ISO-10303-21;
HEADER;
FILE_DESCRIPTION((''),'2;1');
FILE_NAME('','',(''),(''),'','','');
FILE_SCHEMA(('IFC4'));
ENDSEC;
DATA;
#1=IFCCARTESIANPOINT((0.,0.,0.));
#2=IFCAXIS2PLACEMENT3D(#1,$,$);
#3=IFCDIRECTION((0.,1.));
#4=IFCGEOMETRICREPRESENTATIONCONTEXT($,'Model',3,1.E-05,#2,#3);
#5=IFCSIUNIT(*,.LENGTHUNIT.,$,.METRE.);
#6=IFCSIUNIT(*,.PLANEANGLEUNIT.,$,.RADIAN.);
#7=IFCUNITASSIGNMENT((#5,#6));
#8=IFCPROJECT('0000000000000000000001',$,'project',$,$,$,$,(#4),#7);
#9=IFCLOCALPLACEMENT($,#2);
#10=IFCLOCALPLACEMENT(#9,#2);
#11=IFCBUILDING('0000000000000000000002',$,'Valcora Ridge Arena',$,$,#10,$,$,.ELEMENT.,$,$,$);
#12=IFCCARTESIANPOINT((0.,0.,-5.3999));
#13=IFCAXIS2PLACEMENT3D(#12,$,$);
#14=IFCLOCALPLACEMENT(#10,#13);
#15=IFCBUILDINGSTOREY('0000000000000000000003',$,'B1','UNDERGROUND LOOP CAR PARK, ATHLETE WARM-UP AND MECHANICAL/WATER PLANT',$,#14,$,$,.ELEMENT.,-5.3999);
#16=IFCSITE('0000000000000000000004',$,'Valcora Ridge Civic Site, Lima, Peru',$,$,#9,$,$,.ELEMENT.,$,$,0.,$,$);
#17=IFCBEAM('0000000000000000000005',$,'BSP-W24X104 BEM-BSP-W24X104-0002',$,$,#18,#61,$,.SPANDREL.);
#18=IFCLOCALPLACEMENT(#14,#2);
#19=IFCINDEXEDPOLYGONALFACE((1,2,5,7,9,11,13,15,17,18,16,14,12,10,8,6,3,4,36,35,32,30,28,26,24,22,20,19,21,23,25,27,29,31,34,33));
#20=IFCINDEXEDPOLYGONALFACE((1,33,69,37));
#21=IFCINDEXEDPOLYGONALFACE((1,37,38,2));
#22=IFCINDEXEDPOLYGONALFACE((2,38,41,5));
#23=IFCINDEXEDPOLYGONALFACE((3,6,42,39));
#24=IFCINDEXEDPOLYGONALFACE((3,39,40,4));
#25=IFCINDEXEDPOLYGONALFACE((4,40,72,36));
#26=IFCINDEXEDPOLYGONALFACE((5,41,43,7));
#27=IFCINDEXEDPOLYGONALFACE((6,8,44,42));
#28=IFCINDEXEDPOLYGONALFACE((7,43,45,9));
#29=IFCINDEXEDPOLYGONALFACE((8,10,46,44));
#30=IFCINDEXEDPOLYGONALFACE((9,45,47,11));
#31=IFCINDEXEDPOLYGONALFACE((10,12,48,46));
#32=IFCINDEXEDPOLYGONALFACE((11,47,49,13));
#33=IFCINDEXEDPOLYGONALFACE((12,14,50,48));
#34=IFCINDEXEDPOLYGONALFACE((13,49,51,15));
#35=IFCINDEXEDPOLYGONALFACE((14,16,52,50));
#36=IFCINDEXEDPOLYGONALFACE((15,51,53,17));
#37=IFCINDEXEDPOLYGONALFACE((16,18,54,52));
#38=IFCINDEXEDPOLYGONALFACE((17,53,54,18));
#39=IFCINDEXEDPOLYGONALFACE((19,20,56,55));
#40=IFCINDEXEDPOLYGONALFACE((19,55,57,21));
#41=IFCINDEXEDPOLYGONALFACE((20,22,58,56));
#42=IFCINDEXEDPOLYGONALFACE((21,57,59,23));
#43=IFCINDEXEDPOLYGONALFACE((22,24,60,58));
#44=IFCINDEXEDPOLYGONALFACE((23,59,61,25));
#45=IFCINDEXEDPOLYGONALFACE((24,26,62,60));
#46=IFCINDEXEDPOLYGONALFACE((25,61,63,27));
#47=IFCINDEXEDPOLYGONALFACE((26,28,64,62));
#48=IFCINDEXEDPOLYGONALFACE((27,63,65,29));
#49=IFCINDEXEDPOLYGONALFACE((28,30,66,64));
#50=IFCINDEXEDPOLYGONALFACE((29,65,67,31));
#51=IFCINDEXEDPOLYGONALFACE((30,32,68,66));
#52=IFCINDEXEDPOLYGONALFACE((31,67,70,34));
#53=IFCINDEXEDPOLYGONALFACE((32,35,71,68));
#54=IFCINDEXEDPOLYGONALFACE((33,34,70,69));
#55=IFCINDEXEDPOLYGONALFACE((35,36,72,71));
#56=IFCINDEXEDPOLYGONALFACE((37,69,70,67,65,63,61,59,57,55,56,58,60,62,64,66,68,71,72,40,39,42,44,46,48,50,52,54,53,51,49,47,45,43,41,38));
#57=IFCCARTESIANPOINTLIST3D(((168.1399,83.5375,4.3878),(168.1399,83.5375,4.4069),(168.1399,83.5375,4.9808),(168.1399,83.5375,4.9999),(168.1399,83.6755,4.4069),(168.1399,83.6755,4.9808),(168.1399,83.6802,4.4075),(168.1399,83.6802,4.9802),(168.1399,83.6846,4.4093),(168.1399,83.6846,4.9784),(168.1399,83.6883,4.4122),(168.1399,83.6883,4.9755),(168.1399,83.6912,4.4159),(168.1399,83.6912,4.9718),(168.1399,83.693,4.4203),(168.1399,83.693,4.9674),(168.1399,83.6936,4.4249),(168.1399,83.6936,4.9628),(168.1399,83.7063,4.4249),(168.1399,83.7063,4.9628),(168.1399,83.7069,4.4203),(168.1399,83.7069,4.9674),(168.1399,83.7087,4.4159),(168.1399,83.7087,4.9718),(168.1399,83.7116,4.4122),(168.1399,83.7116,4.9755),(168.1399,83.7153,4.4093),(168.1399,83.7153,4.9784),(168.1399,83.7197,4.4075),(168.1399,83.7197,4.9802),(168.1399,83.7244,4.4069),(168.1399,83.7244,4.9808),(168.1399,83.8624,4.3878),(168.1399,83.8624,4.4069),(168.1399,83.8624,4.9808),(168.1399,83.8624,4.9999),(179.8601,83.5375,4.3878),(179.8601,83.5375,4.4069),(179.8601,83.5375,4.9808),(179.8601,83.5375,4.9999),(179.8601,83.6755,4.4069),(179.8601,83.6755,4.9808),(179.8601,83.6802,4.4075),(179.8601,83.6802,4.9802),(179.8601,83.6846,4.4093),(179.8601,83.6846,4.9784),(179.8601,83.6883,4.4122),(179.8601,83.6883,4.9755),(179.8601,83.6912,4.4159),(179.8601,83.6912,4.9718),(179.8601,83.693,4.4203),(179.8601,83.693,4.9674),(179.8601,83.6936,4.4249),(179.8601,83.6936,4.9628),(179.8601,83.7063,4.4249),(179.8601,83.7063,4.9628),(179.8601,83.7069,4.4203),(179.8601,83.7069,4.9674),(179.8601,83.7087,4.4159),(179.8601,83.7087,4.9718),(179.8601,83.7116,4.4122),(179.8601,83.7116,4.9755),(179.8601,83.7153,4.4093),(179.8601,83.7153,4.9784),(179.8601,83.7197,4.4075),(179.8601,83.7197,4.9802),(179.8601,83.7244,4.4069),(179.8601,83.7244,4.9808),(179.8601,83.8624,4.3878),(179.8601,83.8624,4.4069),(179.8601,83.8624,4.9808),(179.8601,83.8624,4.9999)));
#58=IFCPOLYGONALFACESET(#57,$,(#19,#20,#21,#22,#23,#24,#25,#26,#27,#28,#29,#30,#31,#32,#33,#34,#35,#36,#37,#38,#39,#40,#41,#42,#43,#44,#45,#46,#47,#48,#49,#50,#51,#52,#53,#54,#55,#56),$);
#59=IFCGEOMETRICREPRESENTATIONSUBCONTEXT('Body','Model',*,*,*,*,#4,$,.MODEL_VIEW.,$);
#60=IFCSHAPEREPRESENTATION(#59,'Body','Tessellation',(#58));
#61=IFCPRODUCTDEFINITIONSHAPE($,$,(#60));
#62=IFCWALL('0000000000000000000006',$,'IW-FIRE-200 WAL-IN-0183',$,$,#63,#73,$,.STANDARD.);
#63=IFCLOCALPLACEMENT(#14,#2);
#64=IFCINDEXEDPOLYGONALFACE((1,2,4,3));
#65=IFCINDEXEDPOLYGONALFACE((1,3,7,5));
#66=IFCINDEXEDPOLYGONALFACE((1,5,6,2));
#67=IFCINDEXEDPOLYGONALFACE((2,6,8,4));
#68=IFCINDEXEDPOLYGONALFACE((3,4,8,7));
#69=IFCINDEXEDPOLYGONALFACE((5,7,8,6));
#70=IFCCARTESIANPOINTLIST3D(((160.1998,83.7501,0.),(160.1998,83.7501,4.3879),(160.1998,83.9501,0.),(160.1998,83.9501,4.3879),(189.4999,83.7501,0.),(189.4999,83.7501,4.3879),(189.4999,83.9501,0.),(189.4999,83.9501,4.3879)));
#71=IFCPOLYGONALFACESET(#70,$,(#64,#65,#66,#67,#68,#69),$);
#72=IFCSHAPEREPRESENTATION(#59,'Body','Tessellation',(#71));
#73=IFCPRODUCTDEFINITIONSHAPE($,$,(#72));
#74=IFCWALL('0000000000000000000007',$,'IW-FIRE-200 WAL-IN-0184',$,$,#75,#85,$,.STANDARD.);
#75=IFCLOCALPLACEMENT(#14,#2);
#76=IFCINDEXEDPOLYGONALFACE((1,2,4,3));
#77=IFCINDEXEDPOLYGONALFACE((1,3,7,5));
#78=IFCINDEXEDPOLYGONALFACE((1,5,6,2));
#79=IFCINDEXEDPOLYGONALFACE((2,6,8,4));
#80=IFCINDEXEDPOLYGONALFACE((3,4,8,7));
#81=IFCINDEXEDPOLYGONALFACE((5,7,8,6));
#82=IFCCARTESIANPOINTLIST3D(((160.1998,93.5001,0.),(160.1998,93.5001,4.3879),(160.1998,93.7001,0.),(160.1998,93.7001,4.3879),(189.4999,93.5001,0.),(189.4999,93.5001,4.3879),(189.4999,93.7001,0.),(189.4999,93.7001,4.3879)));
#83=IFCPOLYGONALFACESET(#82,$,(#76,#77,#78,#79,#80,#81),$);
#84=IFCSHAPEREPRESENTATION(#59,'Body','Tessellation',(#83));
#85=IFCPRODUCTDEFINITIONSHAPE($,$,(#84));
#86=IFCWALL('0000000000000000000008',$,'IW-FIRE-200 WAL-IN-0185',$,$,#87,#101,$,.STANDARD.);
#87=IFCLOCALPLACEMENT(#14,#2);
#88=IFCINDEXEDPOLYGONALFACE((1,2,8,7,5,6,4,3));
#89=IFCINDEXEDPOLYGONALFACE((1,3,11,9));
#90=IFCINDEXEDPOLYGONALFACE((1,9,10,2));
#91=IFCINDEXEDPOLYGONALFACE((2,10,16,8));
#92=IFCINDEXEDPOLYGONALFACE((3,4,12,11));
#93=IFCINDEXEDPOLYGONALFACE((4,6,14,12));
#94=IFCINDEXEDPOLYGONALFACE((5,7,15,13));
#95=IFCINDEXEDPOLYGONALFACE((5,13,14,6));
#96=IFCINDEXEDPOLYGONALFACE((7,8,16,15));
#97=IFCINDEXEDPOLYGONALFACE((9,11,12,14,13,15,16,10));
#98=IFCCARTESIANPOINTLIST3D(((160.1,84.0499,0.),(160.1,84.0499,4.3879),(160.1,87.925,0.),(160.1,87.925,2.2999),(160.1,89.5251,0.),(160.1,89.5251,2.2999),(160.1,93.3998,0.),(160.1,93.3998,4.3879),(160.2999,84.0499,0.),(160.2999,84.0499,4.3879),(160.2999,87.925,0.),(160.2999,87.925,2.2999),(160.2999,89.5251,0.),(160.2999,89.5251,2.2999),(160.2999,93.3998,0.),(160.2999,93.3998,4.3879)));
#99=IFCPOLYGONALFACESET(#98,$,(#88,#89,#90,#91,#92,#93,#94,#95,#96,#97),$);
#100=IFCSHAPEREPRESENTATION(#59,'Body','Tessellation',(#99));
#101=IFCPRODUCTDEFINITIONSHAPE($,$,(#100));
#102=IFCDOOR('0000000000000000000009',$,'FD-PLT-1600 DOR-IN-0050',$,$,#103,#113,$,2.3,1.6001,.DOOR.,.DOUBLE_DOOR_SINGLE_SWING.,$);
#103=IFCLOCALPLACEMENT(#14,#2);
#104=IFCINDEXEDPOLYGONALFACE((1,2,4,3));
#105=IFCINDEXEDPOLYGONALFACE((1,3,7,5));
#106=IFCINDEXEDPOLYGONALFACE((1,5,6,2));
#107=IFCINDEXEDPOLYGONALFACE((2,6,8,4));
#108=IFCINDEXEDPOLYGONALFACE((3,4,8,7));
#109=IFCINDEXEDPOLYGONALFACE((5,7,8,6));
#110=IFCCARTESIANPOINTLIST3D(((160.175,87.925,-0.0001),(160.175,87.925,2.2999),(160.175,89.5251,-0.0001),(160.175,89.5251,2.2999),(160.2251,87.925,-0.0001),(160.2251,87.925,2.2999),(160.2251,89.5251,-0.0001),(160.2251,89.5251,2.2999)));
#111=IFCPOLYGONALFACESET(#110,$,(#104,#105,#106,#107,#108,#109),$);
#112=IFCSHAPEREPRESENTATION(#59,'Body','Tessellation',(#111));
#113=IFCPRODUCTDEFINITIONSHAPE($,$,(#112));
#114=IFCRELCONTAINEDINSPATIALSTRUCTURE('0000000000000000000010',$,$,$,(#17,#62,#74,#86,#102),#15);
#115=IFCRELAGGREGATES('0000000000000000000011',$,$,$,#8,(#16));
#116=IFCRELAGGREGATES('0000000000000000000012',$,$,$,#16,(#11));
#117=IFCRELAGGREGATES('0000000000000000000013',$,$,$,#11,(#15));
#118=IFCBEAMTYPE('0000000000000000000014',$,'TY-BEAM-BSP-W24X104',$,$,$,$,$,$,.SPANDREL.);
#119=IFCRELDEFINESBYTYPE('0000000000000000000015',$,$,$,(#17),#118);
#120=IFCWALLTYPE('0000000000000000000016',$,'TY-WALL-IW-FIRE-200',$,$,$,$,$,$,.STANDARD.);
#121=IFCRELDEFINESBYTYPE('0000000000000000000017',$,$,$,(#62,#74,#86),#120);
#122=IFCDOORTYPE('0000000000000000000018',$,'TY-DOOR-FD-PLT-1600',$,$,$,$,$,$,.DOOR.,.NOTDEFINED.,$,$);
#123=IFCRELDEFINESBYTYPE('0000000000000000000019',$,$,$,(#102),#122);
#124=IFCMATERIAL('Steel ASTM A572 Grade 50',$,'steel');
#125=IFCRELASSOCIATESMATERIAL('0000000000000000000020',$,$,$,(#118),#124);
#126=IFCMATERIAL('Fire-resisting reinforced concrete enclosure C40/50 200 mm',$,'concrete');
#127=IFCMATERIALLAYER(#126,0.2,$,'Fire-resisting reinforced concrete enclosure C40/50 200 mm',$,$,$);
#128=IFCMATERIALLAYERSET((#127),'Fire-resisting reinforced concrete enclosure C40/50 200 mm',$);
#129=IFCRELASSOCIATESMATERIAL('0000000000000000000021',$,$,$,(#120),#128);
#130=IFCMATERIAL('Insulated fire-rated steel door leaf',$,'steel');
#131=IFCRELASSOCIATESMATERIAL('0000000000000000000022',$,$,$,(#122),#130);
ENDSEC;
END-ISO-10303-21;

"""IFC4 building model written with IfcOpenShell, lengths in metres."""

from ifc_helpers import new_model, si_unit, direction, frame, frame_2d, origin, origin_2d, place, context, subcontext, project, spatial, rectangle, i_section, extrude, material, layer, layer_set, material_profile, profile_set, type_object, element, fill, save


model = new_model("IFC4")

# Units and contexts
model_context = context("Model", 3, precision=1e-05, world=origin(), true_north=direction((0.0, 1.0)))
body_context = subcontext(model_context, "Body", "Model", "MODEL_VIEW")
ifc_project = project(units=[si_unit("LENGTHUNIT", "METRE"), si_unit("PLANEANGLEUNIT", "RADIAN")], contexts=[model_context])

# Site, building, storey
site_placement = place(None, origin())
site = spatial("IfcSite", under=ifc_project, at=site_placement, Name="Valcora Ridge Civic Site, Lima, Peru", CompositionType="ELEMENT", RefElevation=0.0)
building_placement = place(site_placement, origin())
building = spatial("IfcBuilding", under=site, at=building_placement, Name="Valcora Ridge Arena", CompositionType="ELEMENT")
storey_placement = place(building_placement, frame((0.0, 0.0, -5.3999)))
storey = spatial("IfcBuildingStorey", under=building, at=storey_placement, Name="B1", Description="UNDERGROUND LOOP CAR PARK, ATHLETE WARM-UP AND MECHANICAL/WATER PLANT", CompositionType="ELEMENT", Elevation=-5.3999)

# Beam
ifc_material_1 = material(Name="Steel ASTM A572 Grade 50", Category="steel")
ifc_material_profile_1 = material_profile(ifc_material_1, i_section(OverallWidth=0.325, OverallDepth=0.6121, WebThickness=0.0127, FlangeThickness=0.019, FilletRadius=0.0181, at=origin_2d()), Name="W24X104")
ifc_profile_set_1 = profile_set([ifc_material_profile_1], Name="Steel ASTM A572 Grade 50")
beam_type_1 = type_object("IfcBeamType", Name="TY-BEAM-BSP-W24X104", PredefinedType="SPANDREL", material=ifc_profile_set_1)
beam_1_placement = place(storey_placement, frame((168.1399, 83.7, 4.6938), z_axis=(1.0, 0.0, 0.0), x_axis=(0.0, 1.0, 0.0)))
element("IfcBeam", 1, at=beam_1_placement, inside=storey, type_object=beam_type_1, Name="BSP-W24X104 BEM-BSP-W24X104-0002", PredefinedType="SPANDREL", context=body_context, shape_type="SweptSolid", body=[
    extrude(i_section(OverallWidth=0.325, OverallDepth=0.6121, WebThickness=0.0127, FlangeThickness=0.019, FilletRadius=0.0181, at=origin_2d()), origin(), (0.0, 0.0, 1.0), 11.7202),
])

# Walls
ifc_material_2 = material(Name="Fire-resisting reinforced concrete enclosure C40/50 200 mm", Category="concrete")
ifc_layer_1 = layer(ifc_material_2, 0.2, Name="Fire-resisting reinforced concrete enclosure C40/50 200 mm")
ifc_layer_set_1 = layer_set([ifc_layer_1], Name="Fire-resisting reinforced concrete enclosure C40/50 200 mm")
wall_type = type_object("IfcWallType", Name="TY-WALL-IW-FIRE-200", PredefinedType="STANDARD", material=ifc_layer_set_1)
for number, where, z_axis, x_axis, name in (
    (2, (160.2, 83.8501, 0.0), (0.0, 0.0, 1.0), (1.0, 0.0, 0.0), "IW-FIRE-200 WAL-IN-0183"),
    (3, (160.2, 93.6001, 0.0), (0.0, 0.0, 1.0), (1.0, 0.0, 0.0), "IW-FIRE-200 WAL-IN-0184"),
):
    element("IfcWall", number, at=place(storey_placement, frame(where, z_axis=z_axis, x_axis=x_axis)), inside=storey, type_object=wall_type, Name=name, PredefinedType="STANDARD", context=body_context, shape_type="SweptSolid", body=[
        extrude(rectangle(XDim=29.3, YDim=0.2, at=frame_2d((14.6499, 0.0))), origin(), (0.0, 0.0, 1.0), 4.3879),
    ])

# Wall, opening, door
wall_placement = place(storey_placement, frame((160.2, 84.05, 0.0), z_axis=(0.0, 0.0, 1.0), x_axis=(0.0, 1.0, 0.0)))
wall = element("IfcWall", 4, at=wall_placement, inside=storey, type_object=wall_type, Name="IW-FIRE-200 WAL-IN-0185", PredefinedType="STANDARD", context=body_context, shape_type="SweptSolid", body=[
    extrude(rectangle(XDim=9.3499, YDim=0.2, at=frame_2d((4.6748, 0.0))), origin(), (0.0, 0.0, 1.0), 4.3879),
])
opening_placement = place(wall_placement, frame((3.875, 0.0, 0.0)))
opening = element("IfcOpeningElement", 5, at=opening_placement, cuts=wall, PredefinedType="OPENING", context=body_context, shape_type="SweptSolid", body=[
    extrude(rectangle(XDim=1.6001, YDim=2.3, at=frame_2d((0.8, 1.1499))), frame((0.0, 0.1099, 0.0), z_axis=(0.0, -1.0, 0.0), x_axis=(1.0, 0.0, 0.0)), (0.0, 0.0, 1.0), 0.22),
])
ifc_material_3 = material(Name="Insulated fire-rated steel door leaf", Category="steel")
door_type = type_object("IfcDoorType", Name="TY-DOOR-FD-PLT-1600", OperationType="NOTDEFINED", PredefinedType="DOOR", material=ifc_material_3)
door_placement = place(opening_placement, origin())
door = element("IfcDoor", 6, at=door_placement, inside=storey, type_object=door_type, Name="FD-PLT-1600 DOR-IN-0050", OperationType="DOUBLE_DOOR_SINGLE_SWING", OverallHeight=2.3, OverallWidth=1.6001, PredefinedType="DOOR", context=body_context, shape_type="SweptSolid", body=[
    extrude(rectangle(XDim=1.6001, YDim=2.3, at=frame_2d((0.8, 1.1499))), frame((0.0, 0.0249, 0.0), z_axis=(0.0, -1.0, 0.0), x_axis=(1.0, 0.0, 0.0)), (0.0, 0.0, 1.0), 0.05),
])
fill(opening, door)

save(model, "model.ifc")
